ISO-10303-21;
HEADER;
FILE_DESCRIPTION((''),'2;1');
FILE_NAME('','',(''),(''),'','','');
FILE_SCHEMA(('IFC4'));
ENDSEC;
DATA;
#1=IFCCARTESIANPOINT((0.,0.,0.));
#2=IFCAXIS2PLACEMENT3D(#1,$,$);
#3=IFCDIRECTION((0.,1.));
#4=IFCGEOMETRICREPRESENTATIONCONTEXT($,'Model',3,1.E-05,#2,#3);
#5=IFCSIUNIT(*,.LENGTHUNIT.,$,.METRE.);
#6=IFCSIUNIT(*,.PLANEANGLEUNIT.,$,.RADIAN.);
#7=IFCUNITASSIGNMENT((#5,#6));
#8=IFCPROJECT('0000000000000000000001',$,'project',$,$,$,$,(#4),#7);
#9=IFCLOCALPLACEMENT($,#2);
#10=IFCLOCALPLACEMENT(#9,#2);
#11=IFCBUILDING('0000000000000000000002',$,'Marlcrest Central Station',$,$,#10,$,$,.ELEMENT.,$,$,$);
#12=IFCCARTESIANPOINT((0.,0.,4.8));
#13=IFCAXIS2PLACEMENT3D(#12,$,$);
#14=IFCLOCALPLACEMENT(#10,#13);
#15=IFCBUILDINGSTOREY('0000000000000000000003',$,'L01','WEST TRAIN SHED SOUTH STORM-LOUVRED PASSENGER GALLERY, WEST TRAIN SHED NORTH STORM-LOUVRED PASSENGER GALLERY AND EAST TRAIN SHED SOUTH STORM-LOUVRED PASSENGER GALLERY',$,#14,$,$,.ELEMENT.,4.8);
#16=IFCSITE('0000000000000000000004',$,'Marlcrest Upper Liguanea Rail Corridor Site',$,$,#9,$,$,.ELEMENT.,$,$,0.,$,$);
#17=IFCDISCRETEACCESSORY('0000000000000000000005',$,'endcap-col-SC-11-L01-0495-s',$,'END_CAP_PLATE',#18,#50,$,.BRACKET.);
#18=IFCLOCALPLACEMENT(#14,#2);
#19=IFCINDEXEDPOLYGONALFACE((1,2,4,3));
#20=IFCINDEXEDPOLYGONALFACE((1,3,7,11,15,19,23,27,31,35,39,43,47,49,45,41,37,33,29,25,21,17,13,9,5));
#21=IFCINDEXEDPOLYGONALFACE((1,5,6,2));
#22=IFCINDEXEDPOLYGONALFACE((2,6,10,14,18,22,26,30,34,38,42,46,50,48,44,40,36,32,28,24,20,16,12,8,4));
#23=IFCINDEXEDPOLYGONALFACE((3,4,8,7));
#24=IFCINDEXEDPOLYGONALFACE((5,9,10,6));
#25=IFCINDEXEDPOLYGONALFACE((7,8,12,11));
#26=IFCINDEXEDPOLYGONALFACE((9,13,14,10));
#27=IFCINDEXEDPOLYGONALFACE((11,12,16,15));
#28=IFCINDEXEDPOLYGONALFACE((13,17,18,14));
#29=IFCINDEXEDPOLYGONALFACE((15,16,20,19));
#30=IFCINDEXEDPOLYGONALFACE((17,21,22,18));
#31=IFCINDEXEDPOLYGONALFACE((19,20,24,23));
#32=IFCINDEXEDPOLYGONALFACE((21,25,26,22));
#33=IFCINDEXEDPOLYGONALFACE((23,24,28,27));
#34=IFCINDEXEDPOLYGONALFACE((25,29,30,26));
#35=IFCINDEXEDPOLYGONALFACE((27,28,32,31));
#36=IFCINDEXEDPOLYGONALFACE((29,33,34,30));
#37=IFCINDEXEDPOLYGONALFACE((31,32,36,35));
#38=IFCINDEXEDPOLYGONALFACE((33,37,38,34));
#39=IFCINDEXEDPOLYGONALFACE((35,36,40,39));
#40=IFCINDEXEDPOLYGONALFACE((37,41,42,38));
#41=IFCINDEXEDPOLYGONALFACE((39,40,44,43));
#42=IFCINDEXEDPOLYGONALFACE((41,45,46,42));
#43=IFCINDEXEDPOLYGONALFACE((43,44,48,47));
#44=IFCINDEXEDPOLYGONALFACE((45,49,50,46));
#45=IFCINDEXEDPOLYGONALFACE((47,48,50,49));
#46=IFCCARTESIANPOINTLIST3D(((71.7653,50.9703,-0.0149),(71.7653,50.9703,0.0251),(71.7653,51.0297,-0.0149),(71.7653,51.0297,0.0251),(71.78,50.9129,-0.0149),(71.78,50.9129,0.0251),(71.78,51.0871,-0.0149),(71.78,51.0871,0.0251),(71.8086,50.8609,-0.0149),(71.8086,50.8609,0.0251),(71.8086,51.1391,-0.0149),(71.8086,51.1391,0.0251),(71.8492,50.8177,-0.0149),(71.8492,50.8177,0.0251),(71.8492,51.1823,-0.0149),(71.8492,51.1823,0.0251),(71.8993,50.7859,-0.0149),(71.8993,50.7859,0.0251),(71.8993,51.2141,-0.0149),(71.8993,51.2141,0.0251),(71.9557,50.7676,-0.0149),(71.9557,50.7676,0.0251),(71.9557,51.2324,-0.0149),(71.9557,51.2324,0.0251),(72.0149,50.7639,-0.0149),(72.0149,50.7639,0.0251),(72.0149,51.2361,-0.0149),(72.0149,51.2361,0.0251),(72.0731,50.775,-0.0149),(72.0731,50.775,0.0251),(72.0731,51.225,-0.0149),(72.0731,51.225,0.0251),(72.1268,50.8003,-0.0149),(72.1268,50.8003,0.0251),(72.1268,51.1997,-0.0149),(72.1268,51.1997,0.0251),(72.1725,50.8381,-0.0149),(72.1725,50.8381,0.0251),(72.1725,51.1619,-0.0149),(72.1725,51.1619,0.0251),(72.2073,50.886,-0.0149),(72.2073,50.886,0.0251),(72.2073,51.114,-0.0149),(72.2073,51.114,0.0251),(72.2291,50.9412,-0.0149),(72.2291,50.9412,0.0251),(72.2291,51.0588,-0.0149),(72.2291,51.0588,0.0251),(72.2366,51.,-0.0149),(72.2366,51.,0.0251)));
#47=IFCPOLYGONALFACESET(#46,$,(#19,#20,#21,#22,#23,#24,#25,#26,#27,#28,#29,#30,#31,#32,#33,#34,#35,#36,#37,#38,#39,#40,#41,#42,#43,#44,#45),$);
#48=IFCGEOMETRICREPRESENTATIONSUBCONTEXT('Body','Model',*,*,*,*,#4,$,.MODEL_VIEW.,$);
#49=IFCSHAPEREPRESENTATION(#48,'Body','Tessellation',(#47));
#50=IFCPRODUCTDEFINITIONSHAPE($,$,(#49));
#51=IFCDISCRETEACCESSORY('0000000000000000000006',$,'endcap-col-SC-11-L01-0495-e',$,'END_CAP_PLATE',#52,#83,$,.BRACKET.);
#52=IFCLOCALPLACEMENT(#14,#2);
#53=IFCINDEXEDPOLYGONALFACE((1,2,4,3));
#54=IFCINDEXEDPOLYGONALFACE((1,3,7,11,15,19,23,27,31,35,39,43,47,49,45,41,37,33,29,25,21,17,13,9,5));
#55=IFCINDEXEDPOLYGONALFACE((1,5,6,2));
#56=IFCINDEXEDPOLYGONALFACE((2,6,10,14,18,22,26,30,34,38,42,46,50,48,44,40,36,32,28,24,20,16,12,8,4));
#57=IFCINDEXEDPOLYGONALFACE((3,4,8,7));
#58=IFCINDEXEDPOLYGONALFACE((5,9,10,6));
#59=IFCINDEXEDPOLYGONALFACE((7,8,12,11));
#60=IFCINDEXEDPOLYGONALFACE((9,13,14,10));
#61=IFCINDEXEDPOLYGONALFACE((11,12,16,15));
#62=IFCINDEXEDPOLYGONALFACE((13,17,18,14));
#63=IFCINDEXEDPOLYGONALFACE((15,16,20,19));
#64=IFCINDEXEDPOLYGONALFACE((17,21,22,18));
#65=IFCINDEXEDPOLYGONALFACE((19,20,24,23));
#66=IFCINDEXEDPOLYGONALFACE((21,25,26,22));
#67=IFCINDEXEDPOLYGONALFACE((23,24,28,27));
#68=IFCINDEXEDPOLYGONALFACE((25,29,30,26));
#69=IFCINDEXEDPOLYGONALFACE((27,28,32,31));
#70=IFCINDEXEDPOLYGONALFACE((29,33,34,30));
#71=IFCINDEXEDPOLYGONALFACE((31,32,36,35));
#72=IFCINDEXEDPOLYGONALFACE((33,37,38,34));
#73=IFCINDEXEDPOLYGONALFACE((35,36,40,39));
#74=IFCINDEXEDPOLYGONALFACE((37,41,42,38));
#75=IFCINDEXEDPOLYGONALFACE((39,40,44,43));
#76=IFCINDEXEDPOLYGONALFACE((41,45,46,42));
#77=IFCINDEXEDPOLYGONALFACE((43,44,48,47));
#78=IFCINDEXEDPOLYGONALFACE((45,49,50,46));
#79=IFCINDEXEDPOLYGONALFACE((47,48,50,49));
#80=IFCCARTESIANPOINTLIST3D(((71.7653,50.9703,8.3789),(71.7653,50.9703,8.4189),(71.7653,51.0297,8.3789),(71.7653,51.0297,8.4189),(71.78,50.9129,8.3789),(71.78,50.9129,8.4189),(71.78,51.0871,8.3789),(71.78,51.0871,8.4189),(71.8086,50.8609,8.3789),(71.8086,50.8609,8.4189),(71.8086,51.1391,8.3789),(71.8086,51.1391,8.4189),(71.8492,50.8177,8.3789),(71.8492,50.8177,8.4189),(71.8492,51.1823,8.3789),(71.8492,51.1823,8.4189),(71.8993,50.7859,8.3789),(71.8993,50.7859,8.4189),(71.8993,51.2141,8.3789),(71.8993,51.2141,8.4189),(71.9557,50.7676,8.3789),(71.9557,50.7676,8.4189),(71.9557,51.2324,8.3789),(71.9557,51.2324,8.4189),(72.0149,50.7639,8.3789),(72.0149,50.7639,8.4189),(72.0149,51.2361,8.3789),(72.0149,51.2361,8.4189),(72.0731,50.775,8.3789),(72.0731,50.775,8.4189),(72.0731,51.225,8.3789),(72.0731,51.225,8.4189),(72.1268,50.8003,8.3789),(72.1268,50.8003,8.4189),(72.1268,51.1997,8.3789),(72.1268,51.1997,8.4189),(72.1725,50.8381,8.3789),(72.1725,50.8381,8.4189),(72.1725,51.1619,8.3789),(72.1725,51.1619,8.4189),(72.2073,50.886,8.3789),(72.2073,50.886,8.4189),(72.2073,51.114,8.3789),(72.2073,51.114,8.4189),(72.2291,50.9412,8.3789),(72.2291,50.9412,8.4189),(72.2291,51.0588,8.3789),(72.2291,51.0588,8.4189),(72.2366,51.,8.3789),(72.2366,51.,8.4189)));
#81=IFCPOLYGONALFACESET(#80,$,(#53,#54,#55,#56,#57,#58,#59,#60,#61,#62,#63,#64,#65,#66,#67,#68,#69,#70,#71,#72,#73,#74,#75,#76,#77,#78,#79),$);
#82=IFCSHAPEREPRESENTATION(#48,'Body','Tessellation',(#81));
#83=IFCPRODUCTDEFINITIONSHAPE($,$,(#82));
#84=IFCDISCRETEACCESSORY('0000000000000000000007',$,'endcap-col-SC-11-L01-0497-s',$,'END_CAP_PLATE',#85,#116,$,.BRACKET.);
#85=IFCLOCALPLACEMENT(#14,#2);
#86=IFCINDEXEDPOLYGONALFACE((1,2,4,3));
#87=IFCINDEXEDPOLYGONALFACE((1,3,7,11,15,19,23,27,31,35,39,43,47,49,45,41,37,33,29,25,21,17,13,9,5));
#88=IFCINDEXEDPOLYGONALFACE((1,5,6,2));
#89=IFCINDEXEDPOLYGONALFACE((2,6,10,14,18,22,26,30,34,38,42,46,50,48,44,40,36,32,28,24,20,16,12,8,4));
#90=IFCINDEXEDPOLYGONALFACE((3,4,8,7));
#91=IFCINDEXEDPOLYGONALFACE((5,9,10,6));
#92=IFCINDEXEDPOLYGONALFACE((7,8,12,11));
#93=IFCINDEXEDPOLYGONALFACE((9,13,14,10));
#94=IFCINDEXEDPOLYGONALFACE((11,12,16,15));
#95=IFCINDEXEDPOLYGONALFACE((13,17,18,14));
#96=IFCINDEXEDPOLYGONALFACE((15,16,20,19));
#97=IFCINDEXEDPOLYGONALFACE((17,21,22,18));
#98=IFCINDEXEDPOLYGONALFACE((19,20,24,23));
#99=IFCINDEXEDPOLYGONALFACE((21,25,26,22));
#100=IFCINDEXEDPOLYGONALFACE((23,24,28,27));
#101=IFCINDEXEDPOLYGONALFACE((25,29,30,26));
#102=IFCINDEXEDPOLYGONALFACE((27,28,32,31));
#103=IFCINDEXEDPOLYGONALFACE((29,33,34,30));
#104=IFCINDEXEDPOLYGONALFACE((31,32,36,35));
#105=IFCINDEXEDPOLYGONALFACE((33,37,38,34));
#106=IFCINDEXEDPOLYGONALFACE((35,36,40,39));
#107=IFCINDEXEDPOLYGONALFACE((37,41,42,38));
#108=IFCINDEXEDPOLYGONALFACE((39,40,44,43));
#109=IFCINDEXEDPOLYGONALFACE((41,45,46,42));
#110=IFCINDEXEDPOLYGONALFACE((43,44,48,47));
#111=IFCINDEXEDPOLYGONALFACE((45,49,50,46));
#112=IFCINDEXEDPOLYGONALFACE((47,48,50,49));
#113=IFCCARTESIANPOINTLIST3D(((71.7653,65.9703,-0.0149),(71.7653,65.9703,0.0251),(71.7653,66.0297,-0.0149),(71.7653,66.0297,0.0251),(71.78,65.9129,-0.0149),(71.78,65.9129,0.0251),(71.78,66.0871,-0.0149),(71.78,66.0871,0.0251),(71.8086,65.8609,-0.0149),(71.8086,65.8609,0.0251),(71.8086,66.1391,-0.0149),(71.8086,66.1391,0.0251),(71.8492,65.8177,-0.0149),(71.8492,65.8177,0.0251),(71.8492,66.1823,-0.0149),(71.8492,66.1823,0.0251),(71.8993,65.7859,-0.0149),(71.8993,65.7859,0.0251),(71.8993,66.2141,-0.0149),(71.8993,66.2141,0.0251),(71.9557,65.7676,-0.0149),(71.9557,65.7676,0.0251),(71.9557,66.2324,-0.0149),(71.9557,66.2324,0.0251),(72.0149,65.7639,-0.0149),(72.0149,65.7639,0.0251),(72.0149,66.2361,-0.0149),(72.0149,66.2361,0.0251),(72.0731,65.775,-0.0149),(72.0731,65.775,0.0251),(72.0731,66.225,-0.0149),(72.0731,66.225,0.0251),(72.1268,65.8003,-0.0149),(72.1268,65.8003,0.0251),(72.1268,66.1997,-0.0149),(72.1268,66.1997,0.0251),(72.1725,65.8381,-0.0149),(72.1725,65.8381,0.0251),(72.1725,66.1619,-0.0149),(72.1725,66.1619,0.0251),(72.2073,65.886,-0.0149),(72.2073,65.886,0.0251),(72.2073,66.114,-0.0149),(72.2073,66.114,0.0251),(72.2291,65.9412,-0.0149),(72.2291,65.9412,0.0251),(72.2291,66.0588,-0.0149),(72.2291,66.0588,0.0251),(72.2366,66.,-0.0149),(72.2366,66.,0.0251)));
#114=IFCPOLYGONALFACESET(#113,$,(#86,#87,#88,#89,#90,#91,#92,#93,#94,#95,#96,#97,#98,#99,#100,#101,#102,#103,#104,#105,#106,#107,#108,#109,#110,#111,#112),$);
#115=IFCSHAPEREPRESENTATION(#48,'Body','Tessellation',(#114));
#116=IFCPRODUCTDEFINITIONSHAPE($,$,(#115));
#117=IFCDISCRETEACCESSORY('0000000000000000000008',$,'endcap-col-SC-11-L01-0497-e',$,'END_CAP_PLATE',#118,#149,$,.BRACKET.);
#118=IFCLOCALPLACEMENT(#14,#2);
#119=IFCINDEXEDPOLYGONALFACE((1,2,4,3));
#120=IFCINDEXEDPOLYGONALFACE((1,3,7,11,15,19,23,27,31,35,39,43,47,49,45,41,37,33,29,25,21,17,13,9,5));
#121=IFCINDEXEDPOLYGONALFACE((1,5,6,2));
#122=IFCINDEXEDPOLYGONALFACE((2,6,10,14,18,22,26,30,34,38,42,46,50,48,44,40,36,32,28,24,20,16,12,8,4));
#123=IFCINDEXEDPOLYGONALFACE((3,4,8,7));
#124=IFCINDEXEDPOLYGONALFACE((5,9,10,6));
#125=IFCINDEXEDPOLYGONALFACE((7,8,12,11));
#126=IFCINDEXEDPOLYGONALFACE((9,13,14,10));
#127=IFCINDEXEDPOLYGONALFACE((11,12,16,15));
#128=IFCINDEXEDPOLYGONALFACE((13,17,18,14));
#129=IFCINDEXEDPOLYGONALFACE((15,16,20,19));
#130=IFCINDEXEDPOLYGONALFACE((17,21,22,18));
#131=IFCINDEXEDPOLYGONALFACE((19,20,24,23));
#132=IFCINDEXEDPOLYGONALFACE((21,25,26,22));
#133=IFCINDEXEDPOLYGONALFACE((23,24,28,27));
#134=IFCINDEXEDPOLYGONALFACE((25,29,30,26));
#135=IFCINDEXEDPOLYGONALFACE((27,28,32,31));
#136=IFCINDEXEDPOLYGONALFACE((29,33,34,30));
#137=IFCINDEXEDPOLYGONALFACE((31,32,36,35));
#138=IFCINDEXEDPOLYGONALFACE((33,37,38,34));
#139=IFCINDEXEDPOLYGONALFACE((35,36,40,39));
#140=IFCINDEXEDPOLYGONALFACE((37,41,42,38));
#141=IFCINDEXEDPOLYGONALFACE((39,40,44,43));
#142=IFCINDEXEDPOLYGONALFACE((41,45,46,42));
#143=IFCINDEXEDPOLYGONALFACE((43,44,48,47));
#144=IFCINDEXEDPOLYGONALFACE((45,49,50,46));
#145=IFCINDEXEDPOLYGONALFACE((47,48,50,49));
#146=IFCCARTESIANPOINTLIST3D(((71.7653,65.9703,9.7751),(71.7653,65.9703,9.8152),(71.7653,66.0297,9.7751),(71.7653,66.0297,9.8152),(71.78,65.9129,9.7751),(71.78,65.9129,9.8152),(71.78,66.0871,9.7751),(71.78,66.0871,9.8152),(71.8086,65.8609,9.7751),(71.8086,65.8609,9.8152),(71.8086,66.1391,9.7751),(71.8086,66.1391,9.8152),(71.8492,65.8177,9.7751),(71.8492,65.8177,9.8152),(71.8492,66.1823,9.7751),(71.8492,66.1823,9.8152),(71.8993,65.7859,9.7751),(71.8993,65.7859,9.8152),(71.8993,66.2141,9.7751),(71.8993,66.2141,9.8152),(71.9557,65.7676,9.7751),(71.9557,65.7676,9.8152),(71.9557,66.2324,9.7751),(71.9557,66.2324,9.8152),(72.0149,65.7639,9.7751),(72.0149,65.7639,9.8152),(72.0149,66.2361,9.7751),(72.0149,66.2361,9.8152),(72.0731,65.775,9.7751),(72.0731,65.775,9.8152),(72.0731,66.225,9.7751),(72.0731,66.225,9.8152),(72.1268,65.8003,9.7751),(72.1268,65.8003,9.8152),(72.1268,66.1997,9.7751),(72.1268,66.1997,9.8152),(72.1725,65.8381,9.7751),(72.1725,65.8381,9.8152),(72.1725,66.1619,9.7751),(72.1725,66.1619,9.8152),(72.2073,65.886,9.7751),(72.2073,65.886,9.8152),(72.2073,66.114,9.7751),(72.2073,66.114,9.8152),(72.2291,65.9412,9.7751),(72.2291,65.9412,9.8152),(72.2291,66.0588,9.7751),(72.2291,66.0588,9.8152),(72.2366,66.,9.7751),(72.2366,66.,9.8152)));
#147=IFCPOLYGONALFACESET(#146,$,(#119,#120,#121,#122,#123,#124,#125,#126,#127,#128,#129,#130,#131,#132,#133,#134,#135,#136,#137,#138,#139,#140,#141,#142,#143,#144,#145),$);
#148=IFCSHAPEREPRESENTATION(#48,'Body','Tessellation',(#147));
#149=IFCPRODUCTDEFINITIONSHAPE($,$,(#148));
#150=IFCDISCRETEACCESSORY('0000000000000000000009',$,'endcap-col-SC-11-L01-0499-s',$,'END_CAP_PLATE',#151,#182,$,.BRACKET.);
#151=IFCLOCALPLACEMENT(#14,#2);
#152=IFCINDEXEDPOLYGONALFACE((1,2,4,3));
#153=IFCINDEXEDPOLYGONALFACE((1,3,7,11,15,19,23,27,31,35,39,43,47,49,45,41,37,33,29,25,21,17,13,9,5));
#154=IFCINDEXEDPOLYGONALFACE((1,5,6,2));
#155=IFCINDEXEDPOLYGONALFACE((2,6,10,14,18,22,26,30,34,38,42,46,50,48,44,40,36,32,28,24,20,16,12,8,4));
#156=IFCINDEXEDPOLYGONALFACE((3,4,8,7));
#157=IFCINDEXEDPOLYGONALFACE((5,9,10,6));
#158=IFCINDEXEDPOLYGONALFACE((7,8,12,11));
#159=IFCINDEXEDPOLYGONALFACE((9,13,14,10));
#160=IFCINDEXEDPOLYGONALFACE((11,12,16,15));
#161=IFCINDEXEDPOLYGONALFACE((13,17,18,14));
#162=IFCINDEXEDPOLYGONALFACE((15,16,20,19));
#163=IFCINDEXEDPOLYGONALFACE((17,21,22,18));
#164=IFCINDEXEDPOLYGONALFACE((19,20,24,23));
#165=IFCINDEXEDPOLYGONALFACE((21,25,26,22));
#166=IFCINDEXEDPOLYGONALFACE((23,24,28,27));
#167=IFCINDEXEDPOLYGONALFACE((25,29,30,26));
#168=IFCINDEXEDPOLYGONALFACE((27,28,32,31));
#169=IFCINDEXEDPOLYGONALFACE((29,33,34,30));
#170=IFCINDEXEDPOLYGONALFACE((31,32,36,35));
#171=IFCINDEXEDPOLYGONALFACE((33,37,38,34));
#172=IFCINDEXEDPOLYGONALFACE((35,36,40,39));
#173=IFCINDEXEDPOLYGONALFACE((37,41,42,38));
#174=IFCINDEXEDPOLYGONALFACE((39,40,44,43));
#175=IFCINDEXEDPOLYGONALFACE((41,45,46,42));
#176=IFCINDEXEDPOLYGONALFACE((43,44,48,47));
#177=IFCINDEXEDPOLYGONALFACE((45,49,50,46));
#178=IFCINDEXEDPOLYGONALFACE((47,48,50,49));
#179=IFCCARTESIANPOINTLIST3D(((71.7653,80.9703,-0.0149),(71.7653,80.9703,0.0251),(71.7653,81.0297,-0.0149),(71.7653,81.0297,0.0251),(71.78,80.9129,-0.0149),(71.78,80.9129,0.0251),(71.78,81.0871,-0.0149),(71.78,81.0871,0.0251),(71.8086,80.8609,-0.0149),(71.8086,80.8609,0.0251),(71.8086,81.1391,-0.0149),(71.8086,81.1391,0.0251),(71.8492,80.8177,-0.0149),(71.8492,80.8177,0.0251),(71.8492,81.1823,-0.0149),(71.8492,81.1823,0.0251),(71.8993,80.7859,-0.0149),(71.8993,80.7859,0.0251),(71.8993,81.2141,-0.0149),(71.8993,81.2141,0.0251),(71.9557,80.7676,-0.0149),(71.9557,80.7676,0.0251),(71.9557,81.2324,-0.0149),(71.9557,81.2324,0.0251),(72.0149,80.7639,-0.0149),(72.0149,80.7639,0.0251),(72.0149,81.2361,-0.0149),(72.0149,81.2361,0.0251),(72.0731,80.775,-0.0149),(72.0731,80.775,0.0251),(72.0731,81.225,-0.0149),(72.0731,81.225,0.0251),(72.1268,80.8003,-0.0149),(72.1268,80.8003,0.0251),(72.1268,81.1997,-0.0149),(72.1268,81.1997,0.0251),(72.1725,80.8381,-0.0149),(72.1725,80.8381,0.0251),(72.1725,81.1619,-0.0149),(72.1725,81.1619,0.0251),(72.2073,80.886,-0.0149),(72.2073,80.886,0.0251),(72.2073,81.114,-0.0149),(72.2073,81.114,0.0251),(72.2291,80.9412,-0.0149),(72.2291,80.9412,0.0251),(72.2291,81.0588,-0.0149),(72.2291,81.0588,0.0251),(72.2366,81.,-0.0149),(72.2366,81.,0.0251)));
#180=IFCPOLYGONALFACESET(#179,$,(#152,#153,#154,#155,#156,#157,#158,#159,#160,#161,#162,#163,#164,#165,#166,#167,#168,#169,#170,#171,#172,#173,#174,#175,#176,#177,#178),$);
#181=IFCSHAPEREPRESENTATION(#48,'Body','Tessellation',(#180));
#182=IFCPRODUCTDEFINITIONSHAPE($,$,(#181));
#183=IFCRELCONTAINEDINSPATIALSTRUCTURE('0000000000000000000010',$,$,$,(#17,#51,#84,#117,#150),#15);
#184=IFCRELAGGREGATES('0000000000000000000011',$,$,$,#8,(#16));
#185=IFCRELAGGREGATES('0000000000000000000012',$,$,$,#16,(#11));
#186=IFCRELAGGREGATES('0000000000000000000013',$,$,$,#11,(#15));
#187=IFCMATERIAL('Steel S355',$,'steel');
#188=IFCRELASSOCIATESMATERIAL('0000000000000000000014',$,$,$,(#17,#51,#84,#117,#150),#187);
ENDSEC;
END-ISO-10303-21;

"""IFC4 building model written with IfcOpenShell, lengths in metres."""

from ifc_helpers import new_model, si_unit, direction, frame, origin, origin_2d, place, context, subcontext, project, spatial, circle, extrude, material, element, save


model = new_model("IFC4")

# Units and contexts
model_context = context("Model", 3, precision=1e-05, world=origin(), true_north=direction((0.0, 1.0)))
body_context = subcontext(model_context, "Body", "Model", "MODEL_VIEW")
ifc_project = project(units=[si_unit("LENGTHUNIT", "METRE"), si_unit("PLANEANGLEUNIT", "RADIAN")], contexts=[model_context])

# Site, building, storey
site_placement = place(None, origin())
site = spatial("IfcSite", under=ifc_project, at=site_placement, Name="Marlcrest Upper Liguanea Rail Corridor Site", CompositionType="ELEMENT", RefElevation=0.0)
building_placement = place(site_placement, origin())
building = spatial("IfcBuilding", under=site, at=building_placement, Name="Marlcrest Central Station", CompositionType="ELEMENT")
storey_placement = place(building_placement, frame((0.0, 0.0, 4.8)))
storey = spatial("IfcBuildingStorey", under=building, at=storey_placement, Name="L01", Description="WEST TRAIN SHED SOUTH STORM-LOUVRED PASSENGER GALLERY, WEST TRAIN SHED NORTH STORM-LOUVRED PASSENGER GALLERY AND EAST TRAIN SHED SOUTH STORM-LOUVRED PASSENGER GALLERY", CompositionType="ELEMENT", Elevation=4.8)

# Shared definitions
ifc_material = material(Name="Steel S355", Category="steel")

# Discrete accessories
for number, where, z_axis, x_axis, name in (
    (1, (72.0, 51.0, -0.0149), (0.0, 0.0, 1.0), (1.0, 0.0, 0.0), "endcap-col-SC-11-L01-0495-s"),
    (2, (72.0, 51.0, 8.3789), (0.0, 0.0, 1.0), (1.0, 0.0, 0.0), "endcap-col-SC-11-L01-0495-e"),
    (3, (72.0, 66.0, -0.0149), (0.0, 0.0, 1.0), (1.0, 0.0, 0.0), "endcap-col-SC-11-L01-0497-s"),
    (4, (72.0, 66.0, 9.7751), (0.0, 0.0, 1.0), (1.0, 0.0, 0.0), "endcap-col-SC-11-L01-0497-e"),
    (5, (72.0, 81.0, -0.0149), (0.0, 0.0, 1.0), (1.0, 0.0, 0.0), "endcap-col-SC-11-L01-0499-s"),
):
    element("IfcDiscreteAccessory", number, at=place(storey_placement, frame(where, z_axis=z_axis, x_axis=x_axis)), inside=storey, material=ifc_material, Name=name, ObjectType="END_CAP_PLATE", PredefinedType="BRACKET", context=body_context, shape_type="SweptSolid", body=[
        extrude(circle(Radius=0.2366, at=origin_2d()), origin(), (0.0, 0.0, 1.0), 0.04),
    ])

save(model, "model.ifc")
